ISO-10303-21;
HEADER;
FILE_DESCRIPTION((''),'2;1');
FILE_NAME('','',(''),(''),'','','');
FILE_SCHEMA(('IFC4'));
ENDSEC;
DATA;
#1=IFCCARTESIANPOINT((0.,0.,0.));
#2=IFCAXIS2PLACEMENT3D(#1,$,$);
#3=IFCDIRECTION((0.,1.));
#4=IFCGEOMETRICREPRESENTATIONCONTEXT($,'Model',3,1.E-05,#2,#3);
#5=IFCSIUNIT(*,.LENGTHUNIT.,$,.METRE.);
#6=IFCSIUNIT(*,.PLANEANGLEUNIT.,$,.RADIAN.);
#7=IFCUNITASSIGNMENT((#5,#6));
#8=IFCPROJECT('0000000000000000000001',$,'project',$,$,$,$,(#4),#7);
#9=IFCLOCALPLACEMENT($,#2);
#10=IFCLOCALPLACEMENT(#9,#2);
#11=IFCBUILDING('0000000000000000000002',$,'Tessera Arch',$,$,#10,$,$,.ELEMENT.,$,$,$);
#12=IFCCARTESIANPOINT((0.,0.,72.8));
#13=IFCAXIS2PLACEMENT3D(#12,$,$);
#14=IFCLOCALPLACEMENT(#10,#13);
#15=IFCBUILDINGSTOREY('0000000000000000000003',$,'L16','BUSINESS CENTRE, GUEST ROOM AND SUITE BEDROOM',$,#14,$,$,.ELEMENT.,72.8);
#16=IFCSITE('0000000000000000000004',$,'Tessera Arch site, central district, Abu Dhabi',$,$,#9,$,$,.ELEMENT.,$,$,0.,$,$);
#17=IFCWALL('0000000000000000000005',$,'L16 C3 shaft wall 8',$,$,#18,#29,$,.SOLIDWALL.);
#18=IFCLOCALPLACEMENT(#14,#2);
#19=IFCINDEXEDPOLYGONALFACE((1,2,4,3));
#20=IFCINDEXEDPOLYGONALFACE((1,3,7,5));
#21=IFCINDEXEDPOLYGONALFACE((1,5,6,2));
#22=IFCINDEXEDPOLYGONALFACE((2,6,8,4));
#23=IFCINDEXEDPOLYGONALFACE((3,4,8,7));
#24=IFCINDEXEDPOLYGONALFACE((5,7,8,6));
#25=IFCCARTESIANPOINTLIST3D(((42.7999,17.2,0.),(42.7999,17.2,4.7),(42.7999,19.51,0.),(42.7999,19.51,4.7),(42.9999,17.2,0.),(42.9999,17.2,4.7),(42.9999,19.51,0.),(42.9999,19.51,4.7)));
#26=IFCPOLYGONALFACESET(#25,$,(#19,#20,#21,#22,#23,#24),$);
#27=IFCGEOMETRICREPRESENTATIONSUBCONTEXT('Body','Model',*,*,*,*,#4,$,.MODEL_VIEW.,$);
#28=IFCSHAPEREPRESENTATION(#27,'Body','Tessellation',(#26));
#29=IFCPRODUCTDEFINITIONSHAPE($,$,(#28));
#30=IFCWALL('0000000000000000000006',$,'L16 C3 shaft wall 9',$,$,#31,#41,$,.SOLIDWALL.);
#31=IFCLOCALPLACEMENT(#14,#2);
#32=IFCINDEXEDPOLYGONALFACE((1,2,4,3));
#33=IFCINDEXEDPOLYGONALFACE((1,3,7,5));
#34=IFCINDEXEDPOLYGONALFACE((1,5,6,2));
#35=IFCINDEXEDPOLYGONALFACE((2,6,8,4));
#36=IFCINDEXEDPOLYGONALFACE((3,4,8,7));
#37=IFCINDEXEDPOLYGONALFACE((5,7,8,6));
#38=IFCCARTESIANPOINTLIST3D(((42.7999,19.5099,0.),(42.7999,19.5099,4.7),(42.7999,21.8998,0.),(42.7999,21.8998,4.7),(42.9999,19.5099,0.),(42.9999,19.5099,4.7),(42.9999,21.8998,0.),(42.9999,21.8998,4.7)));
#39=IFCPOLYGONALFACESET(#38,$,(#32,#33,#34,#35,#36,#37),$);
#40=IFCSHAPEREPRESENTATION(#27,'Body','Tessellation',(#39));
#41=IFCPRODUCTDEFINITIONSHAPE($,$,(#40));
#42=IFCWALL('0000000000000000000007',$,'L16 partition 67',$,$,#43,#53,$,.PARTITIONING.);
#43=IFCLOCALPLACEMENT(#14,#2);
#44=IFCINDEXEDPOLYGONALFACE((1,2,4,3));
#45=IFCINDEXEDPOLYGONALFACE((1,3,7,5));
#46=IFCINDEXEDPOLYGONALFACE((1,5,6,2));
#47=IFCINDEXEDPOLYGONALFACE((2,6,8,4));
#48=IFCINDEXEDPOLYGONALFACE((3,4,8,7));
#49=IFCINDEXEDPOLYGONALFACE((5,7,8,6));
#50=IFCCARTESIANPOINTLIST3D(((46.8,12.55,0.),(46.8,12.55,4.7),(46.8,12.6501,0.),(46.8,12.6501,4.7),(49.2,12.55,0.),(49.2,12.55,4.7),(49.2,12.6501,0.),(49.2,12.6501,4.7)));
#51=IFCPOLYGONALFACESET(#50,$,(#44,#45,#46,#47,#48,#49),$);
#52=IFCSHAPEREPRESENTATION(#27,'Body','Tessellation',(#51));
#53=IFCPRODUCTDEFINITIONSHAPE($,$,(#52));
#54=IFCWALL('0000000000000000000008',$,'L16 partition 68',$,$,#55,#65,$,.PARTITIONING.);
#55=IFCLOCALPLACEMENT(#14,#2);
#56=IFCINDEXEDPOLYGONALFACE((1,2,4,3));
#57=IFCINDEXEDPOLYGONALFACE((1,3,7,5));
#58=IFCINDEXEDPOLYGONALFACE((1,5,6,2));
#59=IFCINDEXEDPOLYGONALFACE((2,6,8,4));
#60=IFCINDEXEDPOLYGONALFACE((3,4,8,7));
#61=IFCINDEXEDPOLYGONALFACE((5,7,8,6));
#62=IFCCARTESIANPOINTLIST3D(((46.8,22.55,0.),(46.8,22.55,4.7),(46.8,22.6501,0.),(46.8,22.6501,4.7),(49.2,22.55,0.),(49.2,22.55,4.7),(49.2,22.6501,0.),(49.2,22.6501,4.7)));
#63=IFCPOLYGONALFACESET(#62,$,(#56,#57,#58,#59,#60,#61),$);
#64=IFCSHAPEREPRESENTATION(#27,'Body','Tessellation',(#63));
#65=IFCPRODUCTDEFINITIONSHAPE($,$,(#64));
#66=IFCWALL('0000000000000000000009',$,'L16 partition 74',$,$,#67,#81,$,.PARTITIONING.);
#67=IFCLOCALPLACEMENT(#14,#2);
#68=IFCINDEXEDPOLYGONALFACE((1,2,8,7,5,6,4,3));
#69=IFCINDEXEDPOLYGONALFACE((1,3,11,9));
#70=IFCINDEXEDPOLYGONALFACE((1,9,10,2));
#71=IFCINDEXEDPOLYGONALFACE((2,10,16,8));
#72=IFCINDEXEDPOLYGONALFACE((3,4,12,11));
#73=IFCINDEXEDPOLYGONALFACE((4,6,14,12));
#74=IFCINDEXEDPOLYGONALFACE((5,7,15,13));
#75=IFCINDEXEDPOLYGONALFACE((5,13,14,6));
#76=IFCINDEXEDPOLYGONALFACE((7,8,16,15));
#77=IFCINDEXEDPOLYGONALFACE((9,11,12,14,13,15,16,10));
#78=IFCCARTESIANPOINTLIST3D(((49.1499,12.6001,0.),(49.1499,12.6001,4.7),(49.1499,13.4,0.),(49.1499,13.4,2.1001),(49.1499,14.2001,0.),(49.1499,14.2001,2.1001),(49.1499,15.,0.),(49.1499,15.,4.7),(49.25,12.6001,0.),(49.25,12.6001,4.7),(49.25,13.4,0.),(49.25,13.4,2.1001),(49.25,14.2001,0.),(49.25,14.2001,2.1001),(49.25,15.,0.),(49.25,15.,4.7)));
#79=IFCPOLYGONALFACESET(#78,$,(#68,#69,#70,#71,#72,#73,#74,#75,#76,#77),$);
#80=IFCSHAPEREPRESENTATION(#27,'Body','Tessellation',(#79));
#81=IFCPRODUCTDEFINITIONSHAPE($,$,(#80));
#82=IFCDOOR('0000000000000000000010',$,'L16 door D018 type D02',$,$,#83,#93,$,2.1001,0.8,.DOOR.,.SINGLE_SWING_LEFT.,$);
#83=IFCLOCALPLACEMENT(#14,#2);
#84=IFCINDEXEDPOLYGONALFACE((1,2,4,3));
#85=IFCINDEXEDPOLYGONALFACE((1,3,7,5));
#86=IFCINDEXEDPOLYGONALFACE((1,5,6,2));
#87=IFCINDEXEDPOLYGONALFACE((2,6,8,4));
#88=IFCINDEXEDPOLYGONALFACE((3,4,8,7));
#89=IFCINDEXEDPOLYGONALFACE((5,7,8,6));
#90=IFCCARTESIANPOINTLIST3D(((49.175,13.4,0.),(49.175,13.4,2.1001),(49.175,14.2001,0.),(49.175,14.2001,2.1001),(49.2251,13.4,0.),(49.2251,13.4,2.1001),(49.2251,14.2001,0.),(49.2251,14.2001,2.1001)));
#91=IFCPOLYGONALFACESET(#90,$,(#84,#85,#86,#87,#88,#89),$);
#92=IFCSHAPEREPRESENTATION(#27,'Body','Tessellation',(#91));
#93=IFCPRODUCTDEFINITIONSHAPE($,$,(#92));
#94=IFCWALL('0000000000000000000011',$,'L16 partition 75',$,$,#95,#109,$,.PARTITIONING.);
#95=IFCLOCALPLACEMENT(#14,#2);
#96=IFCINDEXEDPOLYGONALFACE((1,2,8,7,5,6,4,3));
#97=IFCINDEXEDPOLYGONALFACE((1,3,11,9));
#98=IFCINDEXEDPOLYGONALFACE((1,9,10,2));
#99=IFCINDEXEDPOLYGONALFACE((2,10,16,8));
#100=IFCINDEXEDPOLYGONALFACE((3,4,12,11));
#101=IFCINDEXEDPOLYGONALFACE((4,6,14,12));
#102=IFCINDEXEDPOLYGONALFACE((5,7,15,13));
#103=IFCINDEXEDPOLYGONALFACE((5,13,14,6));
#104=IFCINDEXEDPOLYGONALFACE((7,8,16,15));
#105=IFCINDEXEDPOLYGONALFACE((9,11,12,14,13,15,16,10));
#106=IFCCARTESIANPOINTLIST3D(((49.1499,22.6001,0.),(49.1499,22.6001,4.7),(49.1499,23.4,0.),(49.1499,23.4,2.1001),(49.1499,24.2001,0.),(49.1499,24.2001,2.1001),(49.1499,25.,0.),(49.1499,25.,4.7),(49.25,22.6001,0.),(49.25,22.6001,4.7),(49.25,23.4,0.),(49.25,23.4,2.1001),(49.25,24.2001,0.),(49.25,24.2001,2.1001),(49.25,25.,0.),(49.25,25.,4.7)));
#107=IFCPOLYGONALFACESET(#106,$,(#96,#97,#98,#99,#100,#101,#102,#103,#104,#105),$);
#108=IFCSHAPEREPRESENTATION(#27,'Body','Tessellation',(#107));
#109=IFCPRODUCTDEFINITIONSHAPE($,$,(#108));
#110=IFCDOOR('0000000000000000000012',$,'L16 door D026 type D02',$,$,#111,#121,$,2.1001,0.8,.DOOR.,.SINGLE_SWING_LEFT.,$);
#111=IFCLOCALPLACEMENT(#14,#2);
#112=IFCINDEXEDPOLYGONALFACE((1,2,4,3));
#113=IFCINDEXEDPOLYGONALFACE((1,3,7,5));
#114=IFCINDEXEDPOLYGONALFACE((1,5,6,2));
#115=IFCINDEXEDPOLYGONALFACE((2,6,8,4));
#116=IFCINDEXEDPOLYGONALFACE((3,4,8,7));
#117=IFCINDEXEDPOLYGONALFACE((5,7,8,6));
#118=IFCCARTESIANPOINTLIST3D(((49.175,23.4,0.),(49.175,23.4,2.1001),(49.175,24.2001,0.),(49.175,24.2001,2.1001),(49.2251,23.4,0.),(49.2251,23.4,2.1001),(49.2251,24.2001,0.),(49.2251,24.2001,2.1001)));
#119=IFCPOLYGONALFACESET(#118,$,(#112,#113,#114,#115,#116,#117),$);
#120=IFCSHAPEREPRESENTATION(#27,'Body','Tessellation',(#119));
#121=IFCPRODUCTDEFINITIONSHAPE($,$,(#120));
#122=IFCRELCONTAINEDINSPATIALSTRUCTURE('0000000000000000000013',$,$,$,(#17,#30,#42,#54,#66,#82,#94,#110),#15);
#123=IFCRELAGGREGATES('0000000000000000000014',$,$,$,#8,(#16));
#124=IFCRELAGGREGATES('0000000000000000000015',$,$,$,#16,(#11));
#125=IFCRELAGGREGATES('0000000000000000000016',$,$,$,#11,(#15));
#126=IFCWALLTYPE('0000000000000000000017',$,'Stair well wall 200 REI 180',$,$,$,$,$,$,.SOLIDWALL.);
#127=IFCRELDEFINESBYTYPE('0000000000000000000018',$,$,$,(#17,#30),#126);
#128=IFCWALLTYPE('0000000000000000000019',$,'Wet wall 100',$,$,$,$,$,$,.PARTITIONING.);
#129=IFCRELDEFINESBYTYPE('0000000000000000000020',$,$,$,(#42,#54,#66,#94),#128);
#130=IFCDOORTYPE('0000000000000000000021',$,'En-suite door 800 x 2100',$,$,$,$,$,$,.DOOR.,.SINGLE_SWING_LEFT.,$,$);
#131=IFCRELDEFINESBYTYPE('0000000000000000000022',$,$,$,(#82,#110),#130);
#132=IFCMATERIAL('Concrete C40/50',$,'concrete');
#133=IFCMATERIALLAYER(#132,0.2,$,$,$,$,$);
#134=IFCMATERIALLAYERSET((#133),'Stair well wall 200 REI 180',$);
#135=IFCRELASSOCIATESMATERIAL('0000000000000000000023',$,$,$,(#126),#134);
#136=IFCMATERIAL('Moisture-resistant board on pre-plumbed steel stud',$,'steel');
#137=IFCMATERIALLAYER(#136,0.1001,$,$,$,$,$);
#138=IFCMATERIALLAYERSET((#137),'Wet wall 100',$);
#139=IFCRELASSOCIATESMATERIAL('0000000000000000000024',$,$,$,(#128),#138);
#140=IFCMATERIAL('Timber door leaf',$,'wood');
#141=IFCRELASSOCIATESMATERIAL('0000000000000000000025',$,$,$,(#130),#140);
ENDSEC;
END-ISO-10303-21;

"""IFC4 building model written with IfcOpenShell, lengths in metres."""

from ifc_helpers import new_model, si_unit, direction, frame, frame_2d, origin, place, context, subcontext, project, spatial, rectangle, extrude, material, layer, layer_set, type_object, element, fill, save


model = new_model("IFC4")

# Units and contexts
model_context = context("Model", 3, precision=1e-05, world=origin(), true_north=direction((0.0, 1.0)))
body_context = subcontext(model_context, "Body", "Model", "MODEL_VIEW")
ifc_project = project(units=[si_unit("LENGTHUNIT", "METRE"), si_unit("PLANEANGLEUNIT", "RADIAN")], contexts=[model_context])

# Site, building, storey
site_placement = place(None, origin())
site = spatial("IfcSite", under=ifc_project, at=site_placement, Name="Tessera Arch site, central district, Abu Dhabi", CompositionType="ELEMENT", RefElevation=0.0)
building_placement = place(site_placement, origin())
building = spatial("IfcBuilding", under=site, at=building_placement, Name="Tessera Arch", CompositionType="ELEMENT")
storey_placement = place(building_placement, frame((0.0, 0.0, 72.8)))
storey = spatial("IfcBuildingStorey", under=building, at=storey_placement, Name="L16", Description="BUSINESS CENTRE, GUEST ROOM AND SUITE BEDROOM", CompositionType="ELEMENT", Elevation=72.8)

# Walls
ifc_material_1 = material(Name="Concrete C40/50", Category="concrete")
ifc_layer_1 = layer(ifc_material_1, 0.2)
ifc_layer_set_1 = layer_set([ifc_layer_1], Name="Stair well wall 200 REI 180")
wall_type_1 = type_object("IfcWallType", Name="Stair well wall 200 REI 180", PredefinedType="SOLIDWALL", material=ifc_layer_set_1)
wall_1_placement = place(storey_placement, frame((42.8999, 17.2, 0.0), z_axis=(0.0, 0.0, 1.0), x_axis=(0.0, 1.0, 0.0)))
element("IfcWall", 1, at=wall_1_placement, inside=storey, type_object=wall_type_1, Name="L16 C3 shaft wall 8", PredefinedType="SOLIDWALL", context=body_context, shape_type="SweptSolid", body=[
    extrude(rectangle(XDim=2.3101, YDim=0.2, at=frame_2d((1.155, 0.0))), origin(), (0.0, 0.0, 1.0), 4.7),
])
wall_2_placement = place(storey_placement, frame((42.8999, 19.51, 0.0), z_axis=(0.0, 0.0, 1.0), x_axis=(0.0, 1.0, 0.0)))
element("IfcWall", 2, at=wall_2_placement, inside=storey, type_object=wall_type_1, Name="L16 C3 shaft wall 9", PredefinedType="SOLIDWALL", context=body_context, shape_type="SweptSolid", body=[
    extrude(rectangle(XDim=2.3899, YDim=0.2, at=frame_2d((1.1948, 0.0))), origin(), (0.0, 0.0, 1.0), 4.7),
])
ifc_material_2 = material(Name="Moisture-resistant board on pre-plumbed steel stud", Category="steel")
ifc_layer_2 = layer(ifc_material_2, 0.1001)
ifc_layer_set_2 = layer_set([ifc_layer_2], Name="Wet wall 100")
wall_type_2 = type_object("IfcWallType", Name="Wet wall 100", PredefinedType="PARTITIONING", material=ifc_layer_set_2)
for number, where, z_axis, x_axis, name in (
    (3, (46.8, 12.6001, 0.0), (0.0, 0.0, 1.0), (1.0, 0.0, 0.0), "L16 partition 67"),
    (4, (46.8, 22.6001, 0.0), (0.0, 0.0, 1.0), (1.0, 0.0, 0.0), "L16 partition 68"),
):
    element("IfcWall", number, at=place(storey_placement, frame(where, z_axis=z_axis, x_axis=x_axis)), inside=storey, type_object=wall_type_2, Name=name, PredefinedType="PARTITIONING", context=body_context, shape_type="SweptSolid", body=[
        extrude(rectangle(XDim=2.3999, YDim=0.1001, at=frame_2d((1.2, 0.0))), origin(), (0.0, 0.0, 1.0), 4.7),
    ])

# Walls, openings, doors
wall_3_placement = place(storey_placement, frame((49.2, 12.6001, 0.0), z_axis=(0.0, 0.0, 1.0), x_axis=(0.0, 1.0, 0.0)))
wall_3 = element("IfcWall", 5, at=wall_3_placement, inside=storey, type_object=wall_type_2, Name="L16 partition 74", PredefinedType="PARTITIONING", context=body_context, shape_type="SweptSolid", body=[
    extrude(rectangle(XDim=2.3999, YDim=0.1001, at=frame_2d((1.2, 0.0))), origin(), (0.0, 0.0, 1.0), 4.7),
])
opening_1_placement = place(wall_3_placement, frame((0.8, 0.0, 0.0)))
opening_1 = element("IfcOpeningElement", 6, at=opening_1_placement, cuts=wall_3, PredefinedType="OPENING", context=body_context, shape_type="SweptSolid", body=[
    extrude(rectangle(XDim=0.8, YDim=2.1001, at=frame_2d((0.3999, 1.05))), frame((0.0, 0.0601, 0.0), z_axis=(0.0, -1.0, 0.0), x_axis=(1.0, 0.0, 0.0)), (0.0, 0.0, 1.0), 0.1201),
])
ifc_material_3 = material(Name="Timber door leaf", Category="wood")
door_type_1 = type_object("IfcDoorType", Name="En-suite door 800 x 2100", OperationType="SINGLE_SWING_LEFT", PredefinedType="DOOR", material=ifc_material_3)
door_1_placement = place(opening_1_placement, origin())
door_1 = element("IfcDoor", 7, at=door_1_placement, inside=storey, type_object=door_type_1, Name="L16 door D018 type D02", OperationType="SINGLE_SWING_LEFT", OverallHeight=2.1001, OverallWidth=0.8, PredefinedType="DOOR", context=body_context, shape_type="SweptSolid", body=[
    extrude(rectangle(XDim=0.8, YDim=2.1001, at=frame_2d((0.3999, 1.05))), frame((0.0, 0.0249, 0.0), z_axis=(0.0, -1.0, 0.0), x_axis=(1.0, 0.0, 0.0)), (0.0, 0.0, 1.0), 0.05),
])
fill(opening_1, door_1)
wall_4_placement = place(storey_placement, frame((49.2, 22.6001, 0.0), z_axis=(0.0, 0.0, 1.0), x_axis=(0.0, 1.0, 0.0)))
wall_4 = element("IfcWall", 8, at=wall_4_placement, inside=storey, type_object=wall_type_2, Name="L16 partition 75", PredefinedType="PARTITIONING", context=body_context, shape_type="SweptSolid", body=[
    extrude(rectangle(XDim=2.3999, YDim=0.1001, at=frame_2d((1.2, 0.0))), origin(), (0.0, 0.0, 1.0), 4.7),
])
opening_2_placement = place(wall_4_placement, frame((0.8, 0.0, 0.0)))
opening_2 = element("IfcOpeningElement", 9, at=opening_2_placement, cuts=wall_4, PredefinedType="OPENING", context=body_context, shape_type="SweptSolid", body=[
    extrude(rectangle(XDim=0.8, YDim=2.1001, at=frame_2d((0.3999, 1.05))), frame((0.0, 0.0601, 0.0), z_axis=(0.0, -1.0, 0.0), x_axis=(1.0, 0.0, 0.0)), (0.0, 0.0, 1.0), 0.1201),
])
door_2_placement = place(opening_2_placement, origin())
door_2 = element("IfcDoor", 10, at=door_2_placement, inside=storey, type_object=door_type_1, Name="L16 door D026 type D02", OperationType="SINGLE_SWING_LEFT", OverallHeight=2.1001, OverallWidth=0.8, PredefinedType="DOOR", context=body_context, shape_type="SweptSolid", body=[
    extrude(rectangle(XDim=0.8, YDim=2.1001, at=frame_2d((0.3999, 1.05))), frame((0.0, 0.0249, 0.0), z_axis=(0.0, -1.0, 0.0), x_axis=(1.0, 0.0, 0.0)), (0.0, 0.0, 1.0), 0.05),
])
fill(opening_2, door_2)

save(model, "model.ifc")
